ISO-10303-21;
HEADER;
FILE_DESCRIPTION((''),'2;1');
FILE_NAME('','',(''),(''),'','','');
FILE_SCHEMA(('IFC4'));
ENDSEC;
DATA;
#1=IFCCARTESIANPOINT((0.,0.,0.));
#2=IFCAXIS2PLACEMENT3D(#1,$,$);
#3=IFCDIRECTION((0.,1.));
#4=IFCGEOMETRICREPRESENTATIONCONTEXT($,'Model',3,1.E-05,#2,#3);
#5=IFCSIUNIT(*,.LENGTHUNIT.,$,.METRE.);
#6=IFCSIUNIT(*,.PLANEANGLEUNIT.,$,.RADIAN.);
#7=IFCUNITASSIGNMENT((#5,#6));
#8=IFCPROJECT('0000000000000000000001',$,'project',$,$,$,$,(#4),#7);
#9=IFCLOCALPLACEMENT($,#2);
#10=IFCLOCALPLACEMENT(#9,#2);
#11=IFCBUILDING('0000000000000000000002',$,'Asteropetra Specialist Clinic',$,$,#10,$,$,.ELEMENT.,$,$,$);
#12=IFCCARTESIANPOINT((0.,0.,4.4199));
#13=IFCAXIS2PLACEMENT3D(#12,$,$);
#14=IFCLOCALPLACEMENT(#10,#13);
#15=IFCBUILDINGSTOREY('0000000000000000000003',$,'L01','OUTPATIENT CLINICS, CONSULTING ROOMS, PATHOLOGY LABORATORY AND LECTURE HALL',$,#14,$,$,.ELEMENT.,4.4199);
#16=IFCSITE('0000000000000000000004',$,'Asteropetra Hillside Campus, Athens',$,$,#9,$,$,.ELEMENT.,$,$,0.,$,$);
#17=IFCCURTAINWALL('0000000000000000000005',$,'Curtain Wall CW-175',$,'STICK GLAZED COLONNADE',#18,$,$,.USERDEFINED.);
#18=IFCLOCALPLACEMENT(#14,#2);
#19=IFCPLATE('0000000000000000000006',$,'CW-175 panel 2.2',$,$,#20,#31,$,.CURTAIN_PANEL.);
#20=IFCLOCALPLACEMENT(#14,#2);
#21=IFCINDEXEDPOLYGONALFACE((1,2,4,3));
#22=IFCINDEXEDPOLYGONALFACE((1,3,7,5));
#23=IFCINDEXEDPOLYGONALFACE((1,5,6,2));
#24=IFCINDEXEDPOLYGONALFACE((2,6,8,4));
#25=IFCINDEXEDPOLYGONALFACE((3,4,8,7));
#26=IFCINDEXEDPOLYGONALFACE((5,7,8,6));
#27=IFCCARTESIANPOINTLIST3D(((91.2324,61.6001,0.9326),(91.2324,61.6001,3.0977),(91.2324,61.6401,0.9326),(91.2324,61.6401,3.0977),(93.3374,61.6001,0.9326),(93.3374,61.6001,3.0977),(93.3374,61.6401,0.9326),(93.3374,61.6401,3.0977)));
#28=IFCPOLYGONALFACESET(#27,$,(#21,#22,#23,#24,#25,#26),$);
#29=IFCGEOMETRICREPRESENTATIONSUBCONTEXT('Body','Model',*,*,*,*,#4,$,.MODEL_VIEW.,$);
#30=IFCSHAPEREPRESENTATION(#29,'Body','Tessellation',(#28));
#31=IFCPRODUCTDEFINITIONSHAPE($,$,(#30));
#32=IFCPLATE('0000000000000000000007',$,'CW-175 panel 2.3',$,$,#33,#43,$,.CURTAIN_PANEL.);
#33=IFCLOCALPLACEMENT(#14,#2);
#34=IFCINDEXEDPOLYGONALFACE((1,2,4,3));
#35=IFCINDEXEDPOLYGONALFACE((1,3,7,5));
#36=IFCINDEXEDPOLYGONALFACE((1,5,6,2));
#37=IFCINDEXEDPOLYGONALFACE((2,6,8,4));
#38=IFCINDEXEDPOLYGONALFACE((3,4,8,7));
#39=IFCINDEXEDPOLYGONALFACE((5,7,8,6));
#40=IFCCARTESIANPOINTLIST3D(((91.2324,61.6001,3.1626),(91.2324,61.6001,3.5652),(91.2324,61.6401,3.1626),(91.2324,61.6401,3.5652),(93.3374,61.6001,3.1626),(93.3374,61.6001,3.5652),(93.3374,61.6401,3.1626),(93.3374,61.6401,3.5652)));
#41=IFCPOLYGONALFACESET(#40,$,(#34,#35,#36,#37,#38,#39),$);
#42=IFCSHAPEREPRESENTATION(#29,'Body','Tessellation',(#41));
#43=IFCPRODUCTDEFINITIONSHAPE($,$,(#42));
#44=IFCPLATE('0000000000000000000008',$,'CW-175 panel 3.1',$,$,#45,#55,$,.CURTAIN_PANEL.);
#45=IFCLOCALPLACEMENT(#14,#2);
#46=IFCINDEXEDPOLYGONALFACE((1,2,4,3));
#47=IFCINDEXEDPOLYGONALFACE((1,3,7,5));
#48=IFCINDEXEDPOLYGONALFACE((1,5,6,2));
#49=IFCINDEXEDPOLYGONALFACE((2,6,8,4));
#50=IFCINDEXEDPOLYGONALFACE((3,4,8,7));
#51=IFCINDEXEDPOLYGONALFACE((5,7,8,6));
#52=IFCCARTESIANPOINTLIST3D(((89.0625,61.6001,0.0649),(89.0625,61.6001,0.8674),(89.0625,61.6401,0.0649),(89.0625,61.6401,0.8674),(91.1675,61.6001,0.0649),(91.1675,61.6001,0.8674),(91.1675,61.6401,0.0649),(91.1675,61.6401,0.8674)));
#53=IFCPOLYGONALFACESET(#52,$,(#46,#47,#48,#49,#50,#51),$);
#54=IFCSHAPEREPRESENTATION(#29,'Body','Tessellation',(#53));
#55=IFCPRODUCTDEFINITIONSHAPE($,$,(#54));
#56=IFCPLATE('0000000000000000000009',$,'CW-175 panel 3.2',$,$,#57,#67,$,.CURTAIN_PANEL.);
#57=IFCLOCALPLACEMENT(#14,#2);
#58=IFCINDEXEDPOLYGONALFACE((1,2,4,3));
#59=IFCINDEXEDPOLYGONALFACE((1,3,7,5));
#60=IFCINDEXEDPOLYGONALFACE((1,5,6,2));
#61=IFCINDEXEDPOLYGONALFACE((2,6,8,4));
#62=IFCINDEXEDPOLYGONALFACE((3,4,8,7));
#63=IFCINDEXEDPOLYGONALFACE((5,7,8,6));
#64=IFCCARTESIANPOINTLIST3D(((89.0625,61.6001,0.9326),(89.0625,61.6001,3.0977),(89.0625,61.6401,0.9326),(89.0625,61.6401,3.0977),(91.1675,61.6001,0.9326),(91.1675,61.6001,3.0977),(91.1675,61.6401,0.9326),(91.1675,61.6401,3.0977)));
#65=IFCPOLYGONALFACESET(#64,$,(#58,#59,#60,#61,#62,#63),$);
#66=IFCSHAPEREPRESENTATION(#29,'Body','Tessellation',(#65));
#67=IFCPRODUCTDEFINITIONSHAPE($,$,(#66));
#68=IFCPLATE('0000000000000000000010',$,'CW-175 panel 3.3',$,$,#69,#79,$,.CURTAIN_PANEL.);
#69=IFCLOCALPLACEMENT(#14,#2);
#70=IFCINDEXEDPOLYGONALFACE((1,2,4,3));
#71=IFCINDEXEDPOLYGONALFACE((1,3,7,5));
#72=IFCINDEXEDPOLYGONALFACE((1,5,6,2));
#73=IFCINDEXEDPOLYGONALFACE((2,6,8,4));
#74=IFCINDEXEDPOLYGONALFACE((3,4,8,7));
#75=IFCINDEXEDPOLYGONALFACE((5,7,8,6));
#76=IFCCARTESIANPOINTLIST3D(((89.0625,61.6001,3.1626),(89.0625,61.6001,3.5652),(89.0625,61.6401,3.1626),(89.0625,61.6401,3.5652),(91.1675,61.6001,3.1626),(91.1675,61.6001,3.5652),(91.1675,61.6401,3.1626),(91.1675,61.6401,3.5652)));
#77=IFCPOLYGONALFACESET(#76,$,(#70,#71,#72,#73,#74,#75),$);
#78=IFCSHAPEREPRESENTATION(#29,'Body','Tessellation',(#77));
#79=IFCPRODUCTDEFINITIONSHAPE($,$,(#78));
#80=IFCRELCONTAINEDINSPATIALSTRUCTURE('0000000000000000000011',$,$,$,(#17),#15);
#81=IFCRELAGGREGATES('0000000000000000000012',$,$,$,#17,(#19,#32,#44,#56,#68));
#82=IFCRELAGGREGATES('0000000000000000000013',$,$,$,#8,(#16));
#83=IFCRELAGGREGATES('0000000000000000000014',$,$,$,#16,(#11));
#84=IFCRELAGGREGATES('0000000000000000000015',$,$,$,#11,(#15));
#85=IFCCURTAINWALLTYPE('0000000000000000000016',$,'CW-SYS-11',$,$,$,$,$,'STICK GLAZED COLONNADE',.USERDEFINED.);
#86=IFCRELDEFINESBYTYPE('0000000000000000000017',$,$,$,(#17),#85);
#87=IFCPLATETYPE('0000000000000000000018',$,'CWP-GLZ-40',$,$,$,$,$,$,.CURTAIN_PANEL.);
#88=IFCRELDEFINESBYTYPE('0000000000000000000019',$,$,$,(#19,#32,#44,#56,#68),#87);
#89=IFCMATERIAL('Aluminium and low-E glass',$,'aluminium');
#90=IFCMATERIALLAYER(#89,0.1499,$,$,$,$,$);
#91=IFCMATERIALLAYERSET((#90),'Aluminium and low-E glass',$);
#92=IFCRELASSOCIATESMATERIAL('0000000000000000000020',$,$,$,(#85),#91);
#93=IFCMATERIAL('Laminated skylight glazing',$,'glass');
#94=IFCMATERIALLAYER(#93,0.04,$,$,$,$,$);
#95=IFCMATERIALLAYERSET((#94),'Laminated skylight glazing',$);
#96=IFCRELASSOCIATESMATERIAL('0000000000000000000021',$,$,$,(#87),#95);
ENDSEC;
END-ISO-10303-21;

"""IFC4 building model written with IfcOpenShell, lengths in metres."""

from ifc_helpers import new_model, si_unit, direction, frame, origin, origin_2d, place, context, subcontext, project, spatial, rectangle, extrude, material, layer, layer_set, type_object, element, aggregate, save


model = new_model("IFC4")

# Units and contexts
model_context = context("Model", 3, precision=1e-05, world=origin(), true_north=direction((0.0, 1.0)))
body_context = subcontext(model_context, "Body", "Model", "MODEL_VIEW")
ifc_project = project(units=[si_unit("LENGTHUNIT", "METRE"), si_unit("PLANEANGLEUNIT", "RADIAN")], contexts=[model_context])

# Site, building, storey
site_placement = place(None, origin())
site = spatial("IfcSite", under=ifc_project, at=site_placement, Name="Asteropetra Hillside Campus, Athens", CompositionType="ELEMENT", RefElevation=0.0)
building_placement = place(site_placement, origin())
building = spatial("IfcBuilding", under=site, at=building_placement, Name="Asteropetra Specialist Clinic", CompositionType="ELEMENT")
storey_placement = place(building_placement, frame((0.0, 0.0, 4.4199)))
storey = spatial("IfcBuildingStorey", under=building, at=storey_placement, Name="L01", Description="OUTPATIENT CLINICS, CONSULTING ROOMS, PATHOLOGY LABORATORY AND LECTURE HALL", CompositionType="ELEMENT", Elevation=4.4199)

# Curtain wall, plates
ifc_material_1 = material(Name="Aluminium and low-E glass", Category="aluminium")
ifc_layer_1 = layer(ifc_material_1, 0.1499)
ifc_layer_set_1 = layer_set([ifc_layer_1], Name="Aluminium and low-E glass")
curtain_wall_type = type_object("IfcCurtainWallType", Name="CW-SYS-11", ElementType="STICK GLAZED COLONNADE", PredefinedType="USERDEFINED", material=ifc_layer_set_1)
curtain_wall_placement = place(storey_placement, origin())
curtain_wall = element("IfcCurtainWall", 1, at=curtain_wall_placement, inside=storey, type_object=curtain_wall_type, Name="Curtain Wall CW-175", ObjectType="STICK GLAZED COLONNADE", PredefinedType="USERDEFINED")
ifc_material_2 = material(Name="Laminated skylight glazing", Category="glass")
ifc_layer_2 = layer(ifc_material_2, 0.04)
ifc_layer_set_2 = layer_set([ifc_layer_2], Name="Laminated skylight glazing")
plate_type = type_object("IfcPlateType", Name="CWP-GLZ-40", PredefinedType="CURTAIN_PANEL", material=ifc_layer_set_2)
plate_1_placement = place(storey_placement, frame((92.2849, 61.6201, 0.9326), z_axis=(0.0, 0.0, 1.0), x_axis=(-1.0, 0.0, 0.0)))
plate_1 = element("IfcPlate", 2, at=plate_1_placement, type_object=plate_type, Name="CW-175 panel 2.2", PredefinedType="CURTAIN_PANEL", context=body_context, shape_type="SweptSolid", body=[
    extrude(rectangle(XDim=2.105, YDim=0.04, at=origin_2d()), origin(), (0.0, 0.0, 1.0), 2.165),
])
plate_2_placement = place(storey_placement, frame((92.2849, 61.6201, 3.1626), z_axis=(0.0, 0.0, 1.0), x_axis=(-1.0, 0.0, 0.0)))
plate_2 = element("IfcPlate", 3, at=plate_2_placement, type_object=plate_type, Name="CW-175 panel 2.3", PredefinedType="CURTAIN_PANEL", context=body_context, shape_type="SweptSolid", body=[
    extrude(rectangle(XDim=2.105, YDim=0.04, at=origin_2d()), origin(), (0.0, 0.0, 1.0), 0.4026),
])
plate_3_placement = place(storey_placement, frame((90.115, 61.6201, 0.0649), z_axis=(0.0, 0.0, 1.0), x_axis=(-1.0, 0.0, 0.0)))
plate_3 = element("IfcPlate", 4, at=plate_3_placement, type_object=plate_type, Name="CW-175 panel 3.1", PredefinedType="CURTAIN_PANEL", context=body_context, shape_type="SweptSolid", body=[
    extrude(rectangle(XDim=2.105, YDim=0.04, at=origin_2d()), origin(), (0.0, 0.0, 1.0), 0.8025),
])
plate_4_placement = place(storey_placement, frame((90.115, 61.6201, 0.9326), z_axis=(0.0, 0.0, 1.0), x_axis=(-1.0, 0.0, 0.0)))
plate_4 = element("IfcPlate", 5, at=plate_4_placement, type_object=plate_type, Name="CW-175 panel 3.2", PredefinedType="CURTAIN_PANEL", context=body_context, shape_type="SweptSolid", body=[
    extrude(rectangle(XDim=2.105, YDim=0.04, at=origin_2d()), origin(), (0.0, 0.0, 1.0), 2.165),
])
plate_5_placement = place(storey_placement, frame((90.115, 61.6201, 3.1626), z_axis=(0.0, 0.0, 1.0), x_axis=(-1.0, 0.0, 0.0)))
plate_5 = element("IfcPlate", 6, at=plate_5_placement, type_object=plate_type, Name="CW-175 panel 3.3", PredefinedType="CURTAIN_PANEL", context=body_context, shape_type="SweptSolid", body=[
    extrude(rectangle(XDim=2.105, YDim=0.04, at=origin_2d()), origin(), (0.0, 0.0, 1.0), 0.4026),
])
aggregate(curtain_wall, [plate_1, plate_2, plate_3, plate_4, plate_5])

save(model, "model.ifc")
